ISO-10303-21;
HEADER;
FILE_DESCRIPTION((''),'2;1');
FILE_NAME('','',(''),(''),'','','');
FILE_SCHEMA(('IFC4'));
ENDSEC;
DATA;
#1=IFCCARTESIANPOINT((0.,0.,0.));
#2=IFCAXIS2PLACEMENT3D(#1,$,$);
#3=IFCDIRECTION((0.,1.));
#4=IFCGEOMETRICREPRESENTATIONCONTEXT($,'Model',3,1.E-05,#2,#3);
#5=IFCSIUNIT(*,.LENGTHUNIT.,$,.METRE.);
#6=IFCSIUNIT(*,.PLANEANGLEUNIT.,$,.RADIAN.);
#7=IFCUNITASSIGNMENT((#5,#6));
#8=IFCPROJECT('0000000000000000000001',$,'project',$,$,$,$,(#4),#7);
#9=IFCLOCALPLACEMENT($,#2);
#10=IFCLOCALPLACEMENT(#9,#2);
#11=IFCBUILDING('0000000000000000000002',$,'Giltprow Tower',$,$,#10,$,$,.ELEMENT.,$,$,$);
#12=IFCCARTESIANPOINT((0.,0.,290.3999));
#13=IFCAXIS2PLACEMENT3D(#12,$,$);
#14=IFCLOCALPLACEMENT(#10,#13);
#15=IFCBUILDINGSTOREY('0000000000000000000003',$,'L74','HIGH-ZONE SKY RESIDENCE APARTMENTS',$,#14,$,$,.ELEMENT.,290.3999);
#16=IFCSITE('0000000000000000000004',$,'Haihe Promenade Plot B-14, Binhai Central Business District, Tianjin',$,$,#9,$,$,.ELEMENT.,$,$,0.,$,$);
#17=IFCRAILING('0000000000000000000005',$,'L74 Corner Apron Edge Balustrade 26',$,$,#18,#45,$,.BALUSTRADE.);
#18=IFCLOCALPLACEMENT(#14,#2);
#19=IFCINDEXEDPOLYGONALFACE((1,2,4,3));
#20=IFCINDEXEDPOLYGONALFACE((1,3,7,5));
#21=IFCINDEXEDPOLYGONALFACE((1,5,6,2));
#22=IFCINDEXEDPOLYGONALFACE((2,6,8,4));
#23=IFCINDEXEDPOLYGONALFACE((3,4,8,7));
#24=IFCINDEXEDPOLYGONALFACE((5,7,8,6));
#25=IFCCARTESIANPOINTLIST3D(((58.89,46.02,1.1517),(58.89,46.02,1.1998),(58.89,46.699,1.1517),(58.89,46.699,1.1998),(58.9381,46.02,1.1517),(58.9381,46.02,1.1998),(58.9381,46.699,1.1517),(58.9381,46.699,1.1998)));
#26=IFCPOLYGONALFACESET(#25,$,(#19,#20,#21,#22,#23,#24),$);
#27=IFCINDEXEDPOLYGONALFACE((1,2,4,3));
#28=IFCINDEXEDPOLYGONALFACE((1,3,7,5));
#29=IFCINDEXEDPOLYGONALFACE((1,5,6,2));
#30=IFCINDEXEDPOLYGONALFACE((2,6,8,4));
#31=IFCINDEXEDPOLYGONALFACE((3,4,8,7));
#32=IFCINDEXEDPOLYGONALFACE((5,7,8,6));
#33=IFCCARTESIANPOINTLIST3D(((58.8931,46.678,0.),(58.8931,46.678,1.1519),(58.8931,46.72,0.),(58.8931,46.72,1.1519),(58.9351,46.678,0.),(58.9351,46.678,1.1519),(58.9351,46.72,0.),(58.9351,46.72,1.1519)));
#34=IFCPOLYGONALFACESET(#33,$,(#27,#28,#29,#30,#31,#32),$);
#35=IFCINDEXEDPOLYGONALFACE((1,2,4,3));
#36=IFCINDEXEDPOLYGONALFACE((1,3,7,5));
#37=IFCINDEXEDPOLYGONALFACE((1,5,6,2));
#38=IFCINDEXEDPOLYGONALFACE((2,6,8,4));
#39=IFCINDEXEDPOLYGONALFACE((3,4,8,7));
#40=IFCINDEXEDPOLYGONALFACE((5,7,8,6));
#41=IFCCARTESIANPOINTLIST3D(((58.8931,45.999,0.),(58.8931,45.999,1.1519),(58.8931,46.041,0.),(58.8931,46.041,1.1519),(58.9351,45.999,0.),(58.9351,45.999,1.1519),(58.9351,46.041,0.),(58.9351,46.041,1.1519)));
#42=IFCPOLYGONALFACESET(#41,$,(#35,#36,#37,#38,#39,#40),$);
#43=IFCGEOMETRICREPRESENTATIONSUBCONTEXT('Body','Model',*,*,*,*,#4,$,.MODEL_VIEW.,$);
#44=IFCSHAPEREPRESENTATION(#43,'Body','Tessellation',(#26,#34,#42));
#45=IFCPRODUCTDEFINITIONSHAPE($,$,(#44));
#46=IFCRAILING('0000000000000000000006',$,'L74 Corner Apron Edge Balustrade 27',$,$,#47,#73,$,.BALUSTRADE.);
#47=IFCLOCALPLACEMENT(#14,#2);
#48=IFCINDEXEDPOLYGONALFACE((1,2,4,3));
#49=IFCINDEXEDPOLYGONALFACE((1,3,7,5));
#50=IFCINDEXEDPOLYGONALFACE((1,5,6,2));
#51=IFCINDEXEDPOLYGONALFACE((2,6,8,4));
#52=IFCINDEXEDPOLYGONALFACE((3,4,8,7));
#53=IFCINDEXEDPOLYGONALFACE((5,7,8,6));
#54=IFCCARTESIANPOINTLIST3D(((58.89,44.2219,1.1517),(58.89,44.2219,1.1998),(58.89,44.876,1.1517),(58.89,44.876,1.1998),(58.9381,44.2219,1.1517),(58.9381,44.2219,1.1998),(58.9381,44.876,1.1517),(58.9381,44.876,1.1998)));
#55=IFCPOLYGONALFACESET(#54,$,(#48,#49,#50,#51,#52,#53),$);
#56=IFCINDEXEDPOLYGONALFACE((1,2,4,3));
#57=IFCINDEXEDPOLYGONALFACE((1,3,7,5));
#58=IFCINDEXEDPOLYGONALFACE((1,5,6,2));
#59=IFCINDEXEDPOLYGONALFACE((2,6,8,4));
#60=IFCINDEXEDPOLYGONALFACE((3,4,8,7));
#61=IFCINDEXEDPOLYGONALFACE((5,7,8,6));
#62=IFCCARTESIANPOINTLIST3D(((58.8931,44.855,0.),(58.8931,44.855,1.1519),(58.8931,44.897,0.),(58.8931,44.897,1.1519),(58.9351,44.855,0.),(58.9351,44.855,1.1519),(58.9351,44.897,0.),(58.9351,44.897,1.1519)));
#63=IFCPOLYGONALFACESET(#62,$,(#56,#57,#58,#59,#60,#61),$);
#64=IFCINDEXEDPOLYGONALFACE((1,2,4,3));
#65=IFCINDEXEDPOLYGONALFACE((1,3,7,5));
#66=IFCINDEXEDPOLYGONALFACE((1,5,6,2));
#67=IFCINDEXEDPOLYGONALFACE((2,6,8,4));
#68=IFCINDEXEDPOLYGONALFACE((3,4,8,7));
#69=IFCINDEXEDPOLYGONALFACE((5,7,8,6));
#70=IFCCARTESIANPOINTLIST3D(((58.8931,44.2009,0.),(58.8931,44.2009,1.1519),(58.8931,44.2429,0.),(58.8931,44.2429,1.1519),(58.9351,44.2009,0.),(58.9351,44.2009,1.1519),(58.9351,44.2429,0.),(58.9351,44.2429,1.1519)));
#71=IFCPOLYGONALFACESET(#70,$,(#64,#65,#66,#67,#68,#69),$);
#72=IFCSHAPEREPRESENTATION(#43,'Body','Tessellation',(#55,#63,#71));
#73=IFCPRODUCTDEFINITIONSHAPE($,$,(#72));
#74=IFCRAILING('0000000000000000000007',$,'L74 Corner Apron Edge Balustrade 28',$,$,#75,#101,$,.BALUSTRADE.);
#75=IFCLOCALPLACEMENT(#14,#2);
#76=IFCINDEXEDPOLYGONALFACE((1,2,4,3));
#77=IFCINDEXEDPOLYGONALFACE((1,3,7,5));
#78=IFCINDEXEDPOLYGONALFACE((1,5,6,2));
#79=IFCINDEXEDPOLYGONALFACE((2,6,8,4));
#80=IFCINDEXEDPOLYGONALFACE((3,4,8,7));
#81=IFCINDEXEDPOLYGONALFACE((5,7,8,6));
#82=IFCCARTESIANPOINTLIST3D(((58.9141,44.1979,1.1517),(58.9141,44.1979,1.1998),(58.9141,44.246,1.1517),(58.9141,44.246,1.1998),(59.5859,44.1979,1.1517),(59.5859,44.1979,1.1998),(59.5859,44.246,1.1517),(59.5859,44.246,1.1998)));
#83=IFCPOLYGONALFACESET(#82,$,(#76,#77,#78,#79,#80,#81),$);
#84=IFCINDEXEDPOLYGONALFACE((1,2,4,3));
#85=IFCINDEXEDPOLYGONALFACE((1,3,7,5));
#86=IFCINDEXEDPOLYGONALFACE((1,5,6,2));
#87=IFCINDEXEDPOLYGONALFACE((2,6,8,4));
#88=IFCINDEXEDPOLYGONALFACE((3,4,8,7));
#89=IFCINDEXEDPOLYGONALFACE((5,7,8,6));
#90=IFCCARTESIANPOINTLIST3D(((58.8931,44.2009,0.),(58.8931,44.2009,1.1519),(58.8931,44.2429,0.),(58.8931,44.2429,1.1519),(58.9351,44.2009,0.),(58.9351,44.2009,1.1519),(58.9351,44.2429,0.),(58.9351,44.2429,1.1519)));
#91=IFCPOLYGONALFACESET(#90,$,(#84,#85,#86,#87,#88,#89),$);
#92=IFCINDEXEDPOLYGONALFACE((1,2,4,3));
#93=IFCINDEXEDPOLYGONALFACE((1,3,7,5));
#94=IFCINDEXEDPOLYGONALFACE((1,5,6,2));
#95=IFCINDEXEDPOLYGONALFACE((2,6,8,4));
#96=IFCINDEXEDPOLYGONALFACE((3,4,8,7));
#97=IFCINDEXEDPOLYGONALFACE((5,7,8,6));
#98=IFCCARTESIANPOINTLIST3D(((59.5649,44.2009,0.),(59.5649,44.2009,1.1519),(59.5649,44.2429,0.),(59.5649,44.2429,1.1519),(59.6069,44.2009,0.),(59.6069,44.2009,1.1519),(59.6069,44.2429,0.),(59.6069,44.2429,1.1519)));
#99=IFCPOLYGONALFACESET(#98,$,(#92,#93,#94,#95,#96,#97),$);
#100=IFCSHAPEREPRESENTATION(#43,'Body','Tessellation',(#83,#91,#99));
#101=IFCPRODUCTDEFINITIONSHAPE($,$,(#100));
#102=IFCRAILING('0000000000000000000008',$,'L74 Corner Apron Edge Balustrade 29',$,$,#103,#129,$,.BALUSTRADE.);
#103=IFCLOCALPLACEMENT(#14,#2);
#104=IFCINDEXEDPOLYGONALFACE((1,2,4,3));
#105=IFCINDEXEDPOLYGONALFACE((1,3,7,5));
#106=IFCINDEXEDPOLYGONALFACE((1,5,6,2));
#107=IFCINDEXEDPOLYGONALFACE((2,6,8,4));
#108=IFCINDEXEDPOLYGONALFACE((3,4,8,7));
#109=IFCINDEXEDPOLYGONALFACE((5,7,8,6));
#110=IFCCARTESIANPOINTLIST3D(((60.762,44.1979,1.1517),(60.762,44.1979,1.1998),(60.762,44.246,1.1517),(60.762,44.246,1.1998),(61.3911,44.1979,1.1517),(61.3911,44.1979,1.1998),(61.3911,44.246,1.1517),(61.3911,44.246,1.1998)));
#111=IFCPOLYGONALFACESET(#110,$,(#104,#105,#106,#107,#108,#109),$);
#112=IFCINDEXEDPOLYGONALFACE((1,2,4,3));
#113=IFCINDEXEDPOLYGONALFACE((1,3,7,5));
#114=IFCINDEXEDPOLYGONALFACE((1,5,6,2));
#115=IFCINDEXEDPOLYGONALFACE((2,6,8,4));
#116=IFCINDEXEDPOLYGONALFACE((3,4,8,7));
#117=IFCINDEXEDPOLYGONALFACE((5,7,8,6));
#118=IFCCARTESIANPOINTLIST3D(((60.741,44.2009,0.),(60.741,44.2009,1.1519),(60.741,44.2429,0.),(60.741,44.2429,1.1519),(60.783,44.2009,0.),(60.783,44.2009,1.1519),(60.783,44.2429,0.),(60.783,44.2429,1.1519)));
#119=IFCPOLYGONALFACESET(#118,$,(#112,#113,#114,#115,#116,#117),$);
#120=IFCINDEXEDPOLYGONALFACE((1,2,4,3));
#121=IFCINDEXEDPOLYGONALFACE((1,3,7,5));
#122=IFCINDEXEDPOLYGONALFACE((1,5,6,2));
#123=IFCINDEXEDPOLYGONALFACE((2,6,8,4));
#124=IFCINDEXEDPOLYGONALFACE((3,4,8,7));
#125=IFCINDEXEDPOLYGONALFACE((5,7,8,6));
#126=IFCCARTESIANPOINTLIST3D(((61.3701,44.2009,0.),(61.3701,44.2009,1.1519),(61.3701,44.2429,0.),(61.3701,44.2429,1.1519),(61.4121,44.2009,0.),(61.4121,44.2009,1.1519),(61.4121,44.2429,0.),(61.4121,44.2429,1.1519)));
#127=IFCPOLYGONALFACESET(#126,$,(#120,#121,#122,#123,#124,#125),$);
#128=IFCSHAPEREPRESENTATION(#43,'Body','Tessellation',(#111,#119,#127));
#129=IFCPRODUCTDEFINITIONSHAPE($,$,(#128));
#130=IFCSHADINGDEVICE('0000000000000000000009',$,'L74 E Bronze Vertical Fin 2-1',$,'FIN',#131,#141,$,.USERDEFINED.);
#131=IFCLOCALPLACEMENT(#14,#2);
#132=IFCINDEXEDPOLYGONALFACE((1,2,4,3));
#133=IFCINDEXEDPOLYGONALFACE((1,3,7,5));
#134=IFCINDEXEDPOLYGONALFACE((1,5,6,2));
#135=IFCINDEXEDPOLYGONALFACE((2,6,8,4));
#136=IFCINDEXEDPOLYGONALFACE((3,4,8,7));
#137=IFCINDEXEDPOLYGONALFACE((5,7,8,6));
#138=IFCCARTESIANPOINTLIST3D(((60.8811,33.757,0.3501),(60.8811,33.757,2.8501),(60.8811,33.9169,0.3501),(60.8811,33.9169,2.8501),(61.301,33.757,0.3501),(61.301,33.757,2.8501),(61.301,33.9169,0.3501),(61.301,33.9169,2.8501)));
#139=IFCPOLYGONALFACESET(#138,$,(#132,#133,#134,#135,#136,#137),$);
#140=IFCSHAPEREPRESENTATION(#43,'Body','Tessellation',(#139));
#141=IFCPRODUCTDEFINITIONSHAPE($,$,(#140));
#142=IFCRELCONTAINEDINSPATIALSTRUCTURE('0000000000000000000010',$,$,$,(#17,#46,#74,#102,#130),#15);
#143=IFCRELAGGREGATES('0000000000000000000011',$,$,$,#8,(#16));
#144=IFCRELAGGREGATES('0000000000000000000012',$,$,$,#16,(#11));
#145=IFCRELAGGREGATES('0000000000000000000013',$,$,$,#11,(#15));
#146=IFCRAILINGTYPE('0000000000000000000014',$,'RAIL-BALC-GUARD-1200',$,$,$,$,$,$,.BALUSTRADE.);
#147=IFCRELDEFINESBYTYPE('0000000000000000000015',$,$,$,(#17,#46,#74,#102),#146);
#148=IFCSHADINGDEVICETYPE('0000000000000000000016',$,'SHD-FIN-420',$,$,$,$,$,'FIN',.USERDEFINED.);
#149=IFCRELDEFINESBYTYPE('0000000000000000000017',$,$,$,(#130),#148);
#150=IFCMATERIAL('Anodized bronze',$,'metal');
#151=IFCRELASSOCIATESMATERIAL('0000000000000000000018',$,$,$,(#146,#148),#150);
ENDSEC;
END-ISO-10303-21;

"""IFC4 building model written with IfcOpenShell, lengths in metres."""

from ifc_helpers import new_model, si_unit, direction, frame, origin, origin_2d, place, context, subcontext, project, spatial, rectangle, extrude, source, transform, mapped, material, type_object, element, save


model = new_model("IFC4")

# Units and contexts
model_context = context("Model", 3, precision=1e-05, world=origin(), true_north=direction((0.0, 1.0)))
body_context = subcontext(model_context, "Body", "Model", "MODEL_VIEW")
ifc_project = project(units=[si_unit("LENGTHUNIT", "METRE"), si_unit("PLANEANGLEUNIT", "RADIAN")], contexts=[model_context])

# Site, building, storey
site_placement = place(None, origin())
site = spatial("IfcSite", under=ifc_project, at=site_placement, Name="Haihe Promenade Plot B-14, Binhai Central Business District, Tianjin", CompositionType="ELEMENT", RefElevation=0.0)
building_placement = place(site_placement, origin())
building = spatial("IfcBuilding", under=site, at=building_placement, Name="Giltprow Tower", CompositionType="ELEMENT")
storey_placement = place(building_placement, frame((0.0, 0.0, 290.3999)))
storey = spatial("IfcBuildingStorey", under=building, at=storey_placement, Name="L74", Description="HIGH-ZONE SKY RESIDENCE APARTMENTS", CompositionType="ELEMENT", Elevation=290.3999)

# Railings
ifc_material_1 = material(Name="Anodized bronze", Category="metal")
railing_type = type_object("IfcRailingType", Name="RAIL-BALC-GUARD-1200", PredefinedType="BALUSTRADE", material=ifc_material_1)
railing_1_placement = place(storey_placement, frame((58.9141, 46.699, 0.0)))
element("IfcRailing", 1, at=railing_1_placement, inside=storey, type_object=railing_type, Name="L74 Corner Apron Edge Balustrade 26", PredefinedType="BALUSTRADE", context=body_context, shape_type="SweptSolid", body=[
    extrude(rectangle(XDim=0.0481, YDim=0.0481, at=origin_2d()), frame((0.0, 0.0, 1.1758), z_axis=(0.0, -1.0, 0.0), x_axis=(1.0, 0.0, 0.0)), (0.0, 0.0, 1.0), 0.679),
    extrude(rectangle(XDim=0.042, YDim=0.042, at=origin_2d()), origin(), (0.0, 0.0, 1.0), 1.1519),
    extrude(rectangle(XDim=0.042, YDim=0.042, at=origin_2d()), frame((0.0, -0.679, 0.0)), (0.0, 0.0, 1.0), 1.1519),
])
railing_2_placement = place(storey_placement, frame((58.9141, 44.876, 0.0)))
element("IfcRailing", 2, at=railing_2_placement, inside=storey, type_object=railing_type, Name="L74 Corner Apron Edge Balustrade 27", PredefinedType="BALUSTRADE", context=body_context, shape_type="SweptSolid", body=[
    extrude(rectangle(XDim=0.0481, YDim=0.0481, at=origin_2d()), frame((0.0, 0.0, 1.1758), z_axis=(0.0, -1.0, 0.0), x_axis=(1.0, 0.0, 0.0)), (0.0, 0.0, 1.0), 0.6541),
    extrude(rectangle(XDim=0.042, YDim=0.042, at=origin_2d()), origin(), (0.0, 0.0, 1.0), 1.1519),
    extrude(rectangle(XDim=0.042, YDim=0.042, at=origin_2d()), frame((0.0, -0.6541, 0.0)), (0.0, 0.0, 1.0), 1.1519),
])
railing_3_placement = place(storey_placement, frame((58.9141, 44.2219, 0.0)))
element("IfcRailing", 3, at=railing_3_placement, inside=storey, type_object=railing_type, Name="L74 Corner Apron Edge Balustrade 28", PredefinedType="BALUSTRADE", context=body_context, shape_type="SweptSolid", body=[
    extrude(rectangle(XDim=0.0481, YDim=0.0481, at=origin_2d()), frame((0.0, 0.0, 1.1758), z_axis=(1.0, 0.0, 0.0), x_axis=(0.0, 1.0, 0.0)), (0.0, 0.0, 1.0), 0.6719),
    extrude(rectangle(XDim=0.042, YDim=0.042, at=origin_2d()), origin(), (0.0, 0.0, 1.0), 1.1519),
    extrude(rectangle(XDim=0.042, YDim=0.042, at=origin_2d()), frame((0.6719, 0.0, 0.0)), (0.0, 0.0, 1.0), 1.1519),
])
railing_4_placement = place(storey_placement, frame((60.762, 44.2219, 0.0)))
element("IfcRailing", 4, at=railing_4_placement, inside=storey, type_object=railing_type, Name="L74 Corner Apron Edge Balustrade 29", PredefinedType="BALUSTRADE", context=body_context, shape_type="SweptSolid", body=[
    extrude(rectangle(XDim=0.0481, YDim=0.0481, at=origin_2d()), frame((0.0, 0.0, 1.1758), z_axis=(1.0, 0.0, 0.0), x_axis=(0.0, 1.0, 0.0)), (0.0, 0.0, 1.0), 0.6292),
    extrude(rectangle(XDim=0.042, YDim=0.042, at=origin_2d()), origin(), (0.0, 0.0, 1.0), 1.1519),
    extrude(rectangle(XDim=0.042, YDim=0.042, at=origin_2d()), frame((0.6292, 0.0, 0.0)), (0.0, 0.0, 1.0), 1.1519),
])

# Shading device
shading_device_type = type_object("IfcShadingDeviceType", Name="SHD-FIN-420", ElementType="FIN", PredefinedType="USERDEFINED", material=ifc_material_1)
shared_shape_1 = source(origin(), body_context, "Body", "SweptSolid", [
    extrude(rectangle(XDim=0.4199, YDim=0.1599, at=origin_2d()), origin(), (0.0, 0.0, 1.0), 2.5),
])
shading_device_placement = place(storey_placement, frame((61.0911, 33.8369, 0.3501), z_axis=(0.0, 0.0, 1.0), x_axis=(1.0, 0.0, 0.0)))
element("IfcShadingDevice", 5, at=shading_device_placement, inside=storey, type_object=shading_device_type, Name="L74 E Bronze Vertical Fin 2-1", ObjectType="FIN", PredefinedType="USERDEFINED", context=body_context, shape_type="MappedRepresentation", body=[
    mapped(shared_shape_1, transform((0.0, 0.0, 0.0), x_axis=(1.0, 0.0, 0.0), y_axis=(0.0, 1.0, 0.0), z_axis=(0.0, 0.0, 1.0), scale=1.0)),
])

save(model, "model.ifc")
